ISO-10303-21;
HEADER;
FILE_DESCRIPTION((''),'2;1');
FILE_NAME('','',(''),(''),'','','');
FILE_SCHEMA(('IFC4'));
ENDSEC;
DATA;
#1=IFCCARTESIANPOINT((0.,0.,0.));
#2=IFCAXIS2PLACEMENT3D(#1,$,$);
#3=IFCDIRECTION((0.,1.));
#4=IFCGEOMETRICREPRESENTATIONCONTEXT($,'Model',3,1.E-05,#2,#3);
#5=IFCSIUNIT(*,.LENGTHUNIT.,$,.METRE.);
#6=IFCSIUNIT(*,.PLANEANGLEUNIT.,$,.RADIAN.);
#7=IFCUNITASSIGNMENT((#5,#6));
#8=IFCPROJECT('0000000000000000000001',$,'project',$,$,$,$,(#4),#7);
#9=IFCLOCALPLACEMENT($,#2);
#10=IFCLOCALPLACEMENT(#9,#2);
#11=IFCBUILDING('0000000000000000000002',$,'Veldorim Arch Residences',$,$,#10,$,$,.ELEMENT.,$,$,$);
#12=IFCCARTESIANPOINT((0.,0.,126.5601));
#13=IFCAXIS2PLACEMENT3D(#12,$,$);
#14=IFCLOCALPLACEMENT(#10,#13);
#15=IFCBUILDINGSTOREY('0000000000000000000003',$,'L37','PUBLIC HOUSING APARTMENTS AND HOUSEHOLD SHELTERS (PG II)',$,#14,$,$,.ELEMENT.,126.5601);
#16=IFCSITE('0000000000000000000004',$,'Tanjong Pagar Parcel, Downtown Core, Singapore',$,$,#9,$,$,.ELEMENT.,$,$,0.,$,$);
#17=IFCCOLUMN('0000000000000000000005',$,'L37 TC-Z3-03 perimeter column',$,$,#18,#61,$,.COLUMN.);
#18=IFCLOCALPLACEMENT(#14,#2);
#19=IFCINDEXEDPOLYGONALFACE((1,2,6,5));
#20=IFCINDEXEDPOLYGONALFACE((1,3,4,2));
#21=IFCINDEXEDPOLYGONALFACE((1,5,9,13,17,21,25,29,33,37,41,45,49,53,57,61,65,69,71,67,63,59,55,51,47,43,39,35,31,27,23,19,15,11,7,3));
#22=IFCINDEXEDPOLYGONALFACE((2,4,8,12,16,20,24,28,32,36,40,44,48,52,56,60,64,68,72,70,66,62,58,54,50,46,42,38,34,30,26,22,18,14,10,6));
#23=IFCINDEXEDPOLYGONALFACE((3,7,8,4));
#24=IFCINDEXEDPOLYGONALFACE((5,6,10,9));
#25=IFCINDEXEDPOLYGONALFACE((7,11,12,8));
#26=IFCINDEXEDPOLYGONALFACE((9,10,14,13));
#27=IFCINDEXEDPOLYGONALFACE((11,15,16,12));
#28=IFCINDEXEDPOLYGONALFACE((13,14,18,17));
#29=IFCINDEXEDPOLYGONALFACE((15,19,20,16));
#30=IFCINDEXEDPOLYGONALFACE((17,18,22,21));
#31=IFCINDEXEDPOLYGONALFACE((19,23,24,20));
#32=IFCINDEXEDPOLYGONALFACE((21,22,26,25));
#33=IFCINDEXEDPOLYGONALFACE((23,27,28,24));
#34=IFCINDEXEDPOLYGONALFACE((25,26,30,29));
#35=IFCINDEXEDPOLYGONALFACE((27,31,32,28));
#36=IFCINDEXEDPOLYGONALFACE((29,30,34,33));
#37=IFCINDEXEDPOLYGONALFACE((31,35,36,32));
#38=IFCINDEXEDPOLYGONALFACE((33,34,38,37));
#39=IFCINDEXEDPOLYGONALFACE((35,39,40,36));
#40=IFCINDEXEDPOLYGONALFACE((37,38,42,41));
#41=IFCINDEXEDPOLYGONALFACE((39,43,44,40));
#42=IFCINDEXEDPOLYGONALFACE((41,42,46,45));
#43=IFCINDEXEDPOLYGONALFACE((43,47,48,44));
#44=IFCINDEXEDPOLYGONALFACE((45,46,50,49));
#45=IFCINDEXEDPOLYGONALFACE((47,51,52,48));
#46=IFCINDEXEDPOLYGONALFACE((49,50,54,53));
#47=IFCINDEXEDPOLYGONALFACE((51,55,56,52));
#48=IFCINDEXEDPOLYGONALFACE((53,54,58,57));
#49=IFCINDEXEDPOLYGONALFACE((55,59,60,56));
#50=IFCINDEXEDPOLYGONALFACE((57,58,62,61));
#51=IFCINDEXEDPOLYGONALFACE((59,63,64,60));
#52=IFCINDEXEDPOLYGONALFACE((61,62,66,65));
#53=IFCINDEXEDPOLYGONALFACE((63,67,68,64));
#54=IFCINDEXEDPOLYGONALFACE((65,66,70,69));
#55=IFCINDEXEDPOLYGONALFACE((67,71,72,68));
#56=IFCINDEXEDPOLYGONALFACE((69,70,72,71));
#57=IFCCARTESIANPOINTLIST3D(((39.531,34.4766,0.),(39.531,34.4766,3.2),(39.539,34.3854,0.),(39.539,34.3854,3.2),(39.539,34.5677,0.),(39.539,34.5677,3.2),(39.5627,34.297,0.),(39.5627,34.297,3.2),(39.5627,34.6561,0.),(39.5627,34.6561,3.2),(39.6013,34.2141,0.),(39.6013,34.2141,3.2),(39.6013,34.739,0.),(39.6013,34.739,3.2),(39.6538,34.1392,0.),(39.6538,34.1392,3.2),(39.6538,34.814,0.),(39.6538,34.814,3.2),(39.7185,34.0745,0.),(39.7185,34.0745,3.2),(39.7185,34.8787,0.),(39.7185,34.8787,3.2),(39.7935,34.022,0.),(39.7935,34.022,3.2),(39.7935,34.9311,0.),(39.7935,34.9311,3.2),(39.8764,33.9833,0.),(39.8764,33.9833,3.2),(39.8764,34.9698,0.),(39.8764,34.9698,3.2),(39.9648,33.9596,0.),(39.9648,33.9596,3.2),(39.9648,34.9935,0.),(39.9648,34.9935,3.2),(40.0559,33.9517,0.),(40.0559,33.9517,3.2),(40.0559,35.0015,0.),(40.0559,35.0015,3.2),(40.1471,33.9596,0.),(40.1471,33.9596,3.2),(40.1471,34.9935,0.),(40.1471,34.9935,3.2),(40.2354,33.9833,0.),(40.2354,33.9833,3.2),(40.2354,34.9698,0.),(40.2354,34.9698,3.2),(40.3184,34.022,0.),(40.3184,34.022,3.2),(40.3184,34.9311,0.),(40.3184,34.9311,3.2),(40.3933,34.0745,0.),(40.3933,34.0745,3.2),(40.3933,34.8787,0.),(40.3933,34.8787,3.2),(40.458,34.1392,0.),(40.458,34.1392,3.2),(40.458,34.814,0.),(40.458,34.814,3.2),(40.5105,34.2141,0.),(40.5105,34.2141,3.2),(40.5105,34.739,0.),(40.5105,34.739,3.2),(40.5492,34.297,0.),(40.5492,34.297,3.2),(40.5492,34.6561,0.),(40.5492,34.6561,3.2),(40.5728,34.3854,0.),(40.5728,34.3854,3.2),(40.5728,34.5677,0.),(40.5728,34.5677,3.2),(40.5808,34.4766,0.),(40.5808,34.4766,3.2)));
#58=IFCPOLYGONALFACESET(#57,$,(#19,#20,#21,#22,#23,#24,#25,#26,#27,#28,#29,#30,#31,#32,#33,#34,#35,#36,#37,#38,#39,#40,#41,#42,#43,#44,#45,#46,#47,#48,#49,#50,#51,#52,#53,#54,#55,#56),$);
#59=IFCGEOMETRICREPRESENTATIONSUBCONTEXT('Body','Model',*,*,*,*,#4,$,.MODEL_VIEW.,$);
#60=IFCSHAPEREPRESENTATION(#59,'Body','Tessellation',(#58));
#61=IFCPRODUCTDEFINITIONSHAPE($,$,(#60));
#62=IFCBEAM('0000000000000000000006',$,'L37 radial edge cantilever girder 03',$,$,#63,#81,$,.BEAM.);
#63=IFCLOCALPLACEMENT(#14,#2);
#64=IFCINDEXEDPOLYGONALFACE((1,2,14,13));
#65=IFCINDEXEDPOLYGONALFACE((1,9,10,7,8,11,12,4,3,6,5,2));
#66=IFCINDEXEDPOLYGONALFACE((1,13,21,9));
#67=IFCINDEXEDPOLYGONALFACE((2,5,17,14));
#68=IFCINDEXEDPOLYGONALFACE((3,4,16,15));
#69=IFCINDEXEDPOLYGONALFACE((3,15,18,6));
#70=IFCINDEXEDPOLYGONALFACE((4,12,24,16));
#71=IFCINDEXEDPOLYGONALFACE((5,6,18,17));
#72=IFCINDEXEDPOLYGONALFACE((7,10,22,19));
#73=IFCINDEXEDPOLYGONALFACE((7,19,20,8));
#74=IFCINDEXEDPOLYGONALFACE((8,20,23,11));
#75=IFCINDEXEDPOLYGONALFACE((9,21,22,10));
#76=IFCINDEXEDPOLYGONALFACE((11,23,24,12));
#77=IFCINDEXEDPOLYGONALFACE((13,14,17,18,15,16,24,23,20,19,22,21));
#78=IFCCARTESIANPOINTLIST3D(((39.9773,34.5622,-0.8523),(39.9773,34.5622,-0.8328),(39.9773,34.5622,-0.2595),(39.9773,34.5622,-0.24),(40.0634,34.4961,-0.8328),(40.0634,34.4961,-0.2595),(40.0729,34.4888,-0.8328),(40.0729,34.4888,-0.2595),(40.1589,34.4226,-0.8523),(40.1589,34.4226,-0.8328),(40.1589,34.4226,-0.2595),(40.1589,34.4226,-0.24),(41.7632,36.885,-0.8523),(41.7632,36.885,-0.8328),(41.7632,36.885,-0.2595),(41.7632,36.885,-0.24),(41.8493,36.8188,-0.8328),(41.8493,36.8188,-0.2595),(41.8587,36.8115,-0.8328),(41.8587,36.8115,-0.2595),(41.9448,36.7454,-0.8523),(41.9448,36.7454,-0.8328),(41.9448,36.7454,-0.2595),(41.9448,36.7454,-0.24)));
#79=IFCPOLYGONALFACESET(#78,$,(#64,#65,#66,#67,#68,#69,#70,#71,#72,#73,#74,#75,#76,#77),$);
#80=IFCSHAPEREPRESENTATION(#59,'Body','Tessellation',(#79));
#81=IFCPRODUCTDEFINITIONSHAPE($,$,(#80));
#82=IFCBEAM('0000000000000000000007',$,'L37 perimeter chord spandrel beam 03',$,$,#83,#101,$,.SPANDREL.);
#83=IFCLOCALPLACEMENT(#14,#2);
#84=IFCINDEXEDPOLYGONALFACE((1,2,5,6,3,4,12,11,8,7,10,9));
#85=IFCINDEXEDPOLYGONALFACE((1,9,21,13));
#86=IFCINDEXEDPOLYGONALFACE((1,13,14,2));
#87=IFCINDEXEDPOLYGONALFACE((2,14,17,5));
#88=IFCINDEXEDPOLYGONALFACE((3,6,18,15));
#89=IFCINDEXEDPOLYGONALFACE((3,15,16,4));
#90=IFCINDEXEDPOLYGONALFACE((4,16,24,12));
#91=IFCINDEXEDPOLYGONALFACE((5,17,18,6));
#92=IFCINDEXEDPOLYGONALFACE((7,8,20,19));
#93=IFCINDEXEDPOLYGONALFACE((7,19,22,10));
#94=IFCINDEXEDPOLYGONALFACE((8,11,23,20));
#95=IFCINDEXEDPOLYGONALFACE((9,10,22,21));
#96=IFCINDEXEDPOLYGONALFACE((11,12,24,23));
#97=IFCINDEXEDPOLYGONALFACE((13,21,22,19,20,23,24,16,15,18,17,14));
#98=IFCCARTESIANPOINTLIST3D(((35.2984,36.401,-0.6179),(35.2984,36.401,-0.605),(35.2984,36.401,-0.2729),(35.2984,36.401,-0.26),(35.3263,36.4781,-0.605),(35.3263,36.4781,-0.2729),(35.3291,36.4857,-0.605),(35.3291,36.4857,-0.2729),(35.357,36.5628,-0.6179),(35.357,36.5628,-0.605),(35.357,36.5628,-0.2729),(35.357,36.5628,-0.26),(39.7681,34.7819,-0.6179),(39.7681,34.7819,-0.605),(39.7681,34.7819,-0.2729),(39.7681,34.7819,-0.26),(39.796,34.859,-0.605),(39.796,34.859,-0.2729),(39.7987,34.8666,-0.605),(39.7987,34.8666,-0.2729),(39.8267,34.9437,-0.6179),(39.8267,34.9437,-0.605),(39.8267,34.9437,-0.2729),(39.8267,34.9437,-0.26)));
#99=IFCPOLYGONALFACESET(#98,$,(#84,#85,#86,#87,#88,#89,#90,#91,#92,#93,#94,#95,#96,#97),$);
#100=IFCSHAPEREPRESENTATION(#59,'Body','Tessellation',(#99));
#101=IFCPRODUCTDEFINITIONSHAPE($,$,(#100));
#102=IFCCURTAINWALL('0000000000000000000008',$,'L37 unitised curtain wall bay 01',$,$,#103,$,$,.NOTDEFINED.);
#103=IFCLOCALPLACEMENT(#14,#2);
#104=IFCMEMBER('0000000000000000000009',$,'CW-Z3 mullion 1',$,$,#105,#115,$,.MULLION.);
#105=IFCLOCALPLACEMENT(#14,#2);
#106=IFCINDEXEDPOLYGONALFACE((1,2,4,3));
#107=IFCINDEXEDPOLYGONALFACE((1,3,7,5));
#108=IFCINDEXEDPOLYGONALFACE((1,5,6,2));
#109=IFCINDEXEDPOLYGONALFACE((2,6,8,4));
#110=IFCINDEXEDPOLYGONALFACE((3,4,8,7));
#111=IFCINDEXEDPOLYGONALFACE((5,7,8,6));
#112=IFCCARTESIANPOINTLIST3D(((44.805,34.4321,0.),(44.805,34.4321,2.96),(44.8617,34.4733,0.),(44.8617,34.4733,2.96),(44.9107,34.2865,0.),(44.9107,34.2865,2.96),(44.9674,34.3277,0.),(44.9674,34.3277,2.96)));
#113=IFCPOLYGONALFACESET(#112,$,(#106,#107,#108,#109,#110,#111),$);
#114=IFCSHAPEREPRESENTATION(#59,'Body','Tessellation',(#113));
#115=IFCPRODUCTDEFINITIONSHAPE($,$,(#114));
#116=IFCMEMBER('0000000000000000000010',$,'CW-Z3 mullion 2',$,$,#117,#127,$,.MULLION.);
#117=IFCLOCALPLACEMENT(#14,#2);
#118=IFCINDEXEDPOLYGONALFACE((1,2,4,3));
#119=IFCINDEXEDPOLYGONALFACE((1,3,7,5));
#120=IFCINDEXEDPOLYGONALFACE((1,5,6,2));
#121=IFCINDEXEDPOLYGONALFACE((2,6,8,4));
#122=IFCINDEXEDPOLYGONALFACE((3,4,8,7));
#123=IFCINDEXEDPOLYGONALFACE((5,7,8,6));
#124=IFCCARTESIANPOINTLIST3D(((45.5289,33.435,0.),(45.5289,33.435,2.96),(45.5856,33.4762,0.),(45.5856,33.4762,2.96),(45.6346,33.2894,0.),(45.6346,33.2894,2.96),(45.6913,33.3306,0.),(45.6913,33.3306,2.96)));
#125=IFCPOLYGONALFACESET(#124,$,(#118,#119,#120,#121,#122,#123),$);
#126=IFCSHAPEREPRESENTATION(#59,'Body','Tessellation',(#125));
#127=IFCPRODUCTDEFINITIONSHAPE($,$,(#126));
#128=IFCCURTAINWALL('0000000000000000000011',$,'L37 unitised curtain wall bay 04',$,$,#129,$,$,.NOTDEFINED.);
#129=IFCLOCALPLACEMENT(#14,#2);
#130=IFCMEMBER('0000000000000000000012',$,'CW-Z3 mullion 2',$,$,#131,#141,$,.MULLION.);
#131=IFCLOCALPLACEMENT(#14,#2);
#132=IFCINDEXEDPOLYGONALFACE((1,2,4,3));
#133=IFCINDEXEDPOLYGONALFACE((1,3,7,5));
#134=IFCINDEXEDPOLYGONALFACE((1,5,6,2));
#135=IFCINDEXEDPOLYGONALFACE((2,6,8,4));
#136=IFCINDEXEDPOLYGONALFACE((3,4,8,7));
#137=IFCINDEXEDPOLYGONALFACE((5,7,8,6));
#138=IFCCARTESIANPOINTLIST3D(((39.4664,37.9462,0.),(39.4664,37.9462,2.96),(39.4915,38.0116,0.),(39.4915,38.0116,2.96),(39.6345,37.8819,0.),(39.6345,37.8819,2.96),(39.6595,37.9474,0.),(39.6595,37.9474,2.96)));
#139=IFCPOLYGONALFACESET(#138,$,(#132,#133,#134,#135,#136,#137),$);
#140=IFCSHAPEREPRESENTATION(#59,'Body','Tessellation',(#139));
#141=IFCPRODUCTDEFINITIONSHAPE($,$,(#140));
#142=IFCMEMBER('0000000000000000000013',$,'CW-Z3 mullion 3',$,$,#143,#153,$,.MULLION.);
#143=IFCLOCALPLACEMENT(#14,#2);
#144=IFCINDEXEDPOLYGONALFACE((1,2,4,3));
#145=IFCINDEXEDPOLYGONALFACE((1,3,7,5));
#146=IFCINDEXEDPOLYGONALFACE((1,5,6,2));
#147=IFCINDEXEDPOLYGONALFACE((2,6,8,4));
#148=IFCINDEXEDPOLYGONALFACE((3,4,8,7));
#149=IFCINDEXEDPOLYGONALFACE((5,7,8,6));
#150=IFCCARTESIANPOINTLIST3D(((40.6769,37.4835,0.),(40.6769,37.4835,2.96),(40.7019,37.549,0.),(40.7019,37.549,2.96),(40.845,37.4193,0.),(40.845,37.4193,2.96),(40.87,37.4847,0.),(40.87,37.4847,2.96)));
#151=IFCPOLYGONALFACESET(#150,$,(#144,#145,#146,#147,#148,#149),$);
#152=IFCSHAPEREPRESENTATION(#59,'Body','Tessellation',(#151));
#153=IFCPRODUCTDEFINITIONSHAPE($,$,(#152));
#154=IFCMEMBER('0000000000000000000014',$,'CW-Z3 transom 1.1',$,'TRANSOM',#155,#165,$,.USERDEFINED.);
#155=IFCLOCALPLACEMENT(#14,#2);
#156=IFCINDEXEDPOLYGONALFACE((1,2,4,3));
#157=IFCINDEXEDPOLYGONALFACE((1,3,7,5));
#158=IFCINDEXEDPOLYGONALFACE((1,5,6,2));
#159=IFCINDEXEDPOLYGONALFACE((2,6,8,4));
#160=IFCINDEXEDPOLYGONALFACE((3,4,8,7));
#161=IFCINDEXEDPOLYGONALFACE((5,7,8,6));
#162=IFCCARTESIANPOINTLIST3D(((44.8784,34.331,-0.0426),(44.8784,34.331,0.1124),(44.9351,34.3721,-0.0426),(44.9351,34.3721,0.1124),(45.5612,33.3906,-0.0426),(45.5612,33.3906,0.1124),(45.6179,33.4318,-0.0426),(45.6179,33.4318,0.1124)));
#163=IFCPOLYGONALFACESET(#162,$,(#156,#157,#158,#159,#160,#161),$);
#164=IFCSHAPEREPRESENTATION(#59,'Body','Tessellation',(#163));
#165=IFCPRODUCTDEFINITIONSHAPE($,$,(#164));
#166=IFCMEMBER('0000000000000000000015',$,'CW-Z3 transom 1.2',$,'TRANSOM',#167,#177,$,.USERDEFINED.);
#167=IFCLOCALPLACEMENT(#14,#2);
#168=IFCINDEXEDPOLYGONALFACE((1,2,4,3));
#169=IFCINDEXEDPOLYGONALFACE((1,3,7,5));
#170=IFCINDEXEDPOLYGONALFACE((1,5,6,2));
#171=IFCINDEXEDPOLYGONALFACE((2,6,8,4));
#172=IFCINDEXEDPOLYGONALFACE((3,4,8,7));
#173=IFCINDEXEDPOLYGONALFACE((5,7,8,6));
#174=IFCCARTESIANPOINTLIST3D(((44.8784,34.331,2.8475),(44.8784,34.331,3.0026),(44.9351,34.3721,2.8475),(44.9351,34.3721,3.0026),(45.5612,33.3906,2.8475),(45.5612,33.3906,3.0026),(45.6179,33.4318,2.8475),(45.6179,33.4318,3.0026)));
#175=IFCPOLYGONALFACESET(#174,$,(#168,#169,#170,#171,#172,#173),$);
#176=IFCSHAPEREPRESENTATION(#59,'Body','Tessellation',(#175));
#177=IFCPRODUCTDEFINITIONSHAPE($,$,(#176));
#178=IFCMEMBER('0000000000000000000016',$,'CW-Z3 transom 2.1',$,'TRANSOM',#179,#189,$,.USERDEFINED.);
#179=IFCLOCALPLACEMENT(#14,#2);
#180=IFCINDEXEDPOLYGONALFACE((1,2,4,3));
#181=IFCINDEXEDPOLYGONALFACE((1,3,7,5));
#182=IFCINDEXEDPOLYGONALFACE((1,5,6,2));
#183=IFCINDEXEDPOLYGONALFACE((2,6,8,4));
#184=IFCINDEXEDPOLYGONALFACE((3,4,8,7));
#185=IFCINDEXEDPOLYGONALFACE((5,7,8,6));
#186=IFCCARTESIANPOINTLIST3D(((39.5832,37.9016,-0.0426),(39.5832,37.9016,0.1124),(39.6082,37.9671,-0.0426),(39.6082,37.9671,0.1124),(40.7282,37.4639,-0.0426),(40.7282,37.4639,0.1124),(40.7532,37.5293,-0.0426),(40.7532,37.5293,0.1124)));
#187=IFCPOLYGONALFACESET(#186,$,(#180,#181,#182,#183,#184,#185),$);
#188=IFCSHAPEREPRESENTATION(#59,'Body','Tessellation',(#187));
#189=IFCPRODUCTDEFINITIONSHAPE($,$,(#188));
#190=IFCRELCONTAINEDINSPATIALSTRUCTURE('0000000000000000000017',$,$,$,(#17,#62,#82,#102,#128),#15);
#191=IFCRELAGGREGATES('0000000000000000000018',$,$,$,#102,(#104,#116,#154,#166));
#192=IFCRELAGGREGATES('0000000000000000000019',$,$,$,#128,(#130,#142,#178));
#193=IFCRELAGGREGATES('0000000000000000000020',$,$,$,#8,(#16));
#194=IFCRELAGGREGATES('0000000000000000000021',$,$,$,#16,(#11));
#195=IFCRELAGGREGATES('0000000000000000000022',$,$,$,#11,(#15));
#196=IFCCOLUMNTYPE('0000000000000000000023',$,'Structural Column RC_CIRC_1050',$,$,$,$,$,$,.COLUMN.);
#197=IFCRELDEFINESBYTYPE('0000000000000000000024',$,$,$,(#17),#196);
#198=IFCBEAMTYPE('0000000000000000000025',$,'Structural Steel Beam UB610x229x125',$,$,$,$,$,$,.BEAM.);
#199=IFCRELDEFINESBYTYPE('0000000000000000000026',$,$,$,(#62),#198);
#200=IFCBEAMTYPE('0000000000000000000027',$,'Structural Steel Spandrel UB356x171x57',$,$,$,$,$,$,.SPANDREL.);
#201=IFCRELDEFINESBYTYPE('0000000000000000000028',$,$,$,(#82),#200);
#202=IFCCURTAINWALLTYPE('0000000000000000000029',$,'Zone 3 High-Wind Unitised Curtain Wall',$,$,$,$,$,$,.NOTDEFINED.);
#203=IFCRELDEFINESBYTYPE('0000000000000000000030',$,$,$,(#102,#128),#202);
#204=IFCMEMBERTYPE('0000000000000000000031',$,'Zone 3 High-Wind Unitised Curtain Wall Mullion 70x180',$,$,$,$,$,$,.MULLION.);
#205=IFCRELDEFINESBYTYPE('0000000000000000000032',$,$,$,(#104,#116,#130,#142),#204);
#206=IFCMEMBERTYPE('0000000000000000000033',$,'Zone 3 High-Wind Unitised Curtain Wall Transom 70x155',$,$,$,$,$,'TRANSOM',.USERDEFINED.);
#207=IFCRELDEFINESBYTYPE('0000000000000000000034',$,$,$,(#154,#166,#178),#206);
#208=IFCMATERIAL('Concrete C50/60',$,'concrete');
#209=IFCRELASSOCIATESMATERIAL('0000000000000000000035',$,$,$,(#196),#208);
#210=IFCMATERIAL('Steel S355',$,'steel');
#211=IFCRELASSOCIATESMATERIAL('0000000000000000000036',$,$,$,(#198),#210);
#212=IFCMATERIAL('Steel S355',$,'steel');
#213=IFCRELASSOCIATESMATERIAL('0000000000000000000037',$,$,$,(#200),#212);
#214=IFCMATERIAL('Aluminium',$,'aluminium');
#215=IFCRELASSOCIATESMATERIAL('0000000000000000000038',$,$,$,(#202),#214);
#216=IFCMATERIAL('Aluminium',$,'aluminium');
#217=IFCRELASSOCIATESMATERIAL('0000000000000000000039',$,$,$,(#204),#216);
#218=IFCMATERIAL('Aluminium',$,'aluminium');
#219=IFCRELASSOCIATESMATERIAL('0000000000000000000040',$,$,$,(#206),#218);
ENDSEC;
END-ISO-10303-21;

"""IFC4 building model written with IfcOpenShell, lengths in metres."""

from ifc_helpers import new_model, si_unit, direction, frame, origin, origin_2d, place, context, subcontext, project, spatial, rectangle, circle, i_section, extrude, material, material_profile, profile_set, type_object, element, aggregate, save


model = new_model("IFC4")

# Units and contexts
model_context = context("Model", 3, precision=1e-05, world=origin(), true_north=direction((0.0, 1.0)))
body_context = subcontext(model_context, "Body", "Model", "MODEL_VIEW")
ifc_project = project(units=[si_unit("LENGTHUNIT", "METRE"), si_unit("PLANEANGLEUNIT", "RADIAN")], contexts=[model_context])

# Site, building, storey
site_placement = place(None, origin())
site = spatial("IfcSite", under=ifc_project, at=site_placement, Name="Tanjong Pagar Parcel, Downtown Core, Singapore", CompositionType="ELEMENT", RefElevation=0.0)
building_placement = place(site_placement, origin())
building = spatial("IfcBuilding", under=site, at=building_placement, Name="Veldorim Arch Residences", CompositionType="ELEMENT")
storey_placement = place(building_placement, frame((0.0, 0.0, 126.5601)))
storey = spatial("IfcBuildingStorey", under=building, at=storey_placement, Name="L37", Description="PUBLIC HOUSING APARTMENTS AND HOUSEHOLD SHELTERS (PG II)", CompositionType="ELEMENT", Elevation=126.5601)

# Column
ifc_material_1 = material(Name="Concrete C50/60", Category="concrete")
ifc_material_profile_1 = material_profile(ifc_material_1, circle(Radius=0.5249, at=origin_2d()), Name="RC_CIRC_1050")
ifc_profile_set_1 = profile_set([ifc_material_profile_1], Name="Concrete C50/60")
column_type = type_object("IfcColumnType", Name="Structural Column RC_CIRC_1050", PredefinedType="COLUMN", material=ifc_profile_set_1)
column_placement = place(storey_placement, frame((40.0559, 34.4766, 0.0), z_axis=(0.0, 0.0, 1.0), x_axis=(1.0, 0.0, 0.0)))
element("IfcColumn", 1, at=column_placement, inside=storey, type_object=column_type, Name="L37 TC-Z3-03 perimeter column", PredefinedType="COLUMN", context=body_context, shape_type="SweptSolid", body=[
    extrude(circle(Radius=0.5249, at=origin_2d()), origin(), (0.0, 0.0, 1.0), 3.2),
])

# Beams
ifc_material_2 = material(Name="Steel S355", Category="steel")
ifc_material_profile_2 = material_profile(ifc_material_2, i_section(OverallWidth=0.229, OverallDepth=0.6123, WebThickness=0.012, FlangeThickness=0.0195, at=origin_2d()), Name="UB610x229x125")
ifc_profile_set_2 = profile_set([ifc_material_profile_2], Name="Steel S355")
beam_type_1 = type_object("IfcBeamType", Name="Structural Steel Beam UB610x229x125", PredefinedType="BEAM", material=ifc_profile_set_2)
beam_1_placement = place(storey_placement, frame((40.0681, 34.4924, -0.5461), z_axis=(0.60953, 0.792763, 0.0), x_axis=(-0.792763, 0.60953, 0.0)))
element("IfcBeam", 2, at=beam_1_placement, inside=storey, type_object=beam_type_1, Name="L37 radial edge cantilever girder 03", PredefinedType="BEAM", context=body_context, shape_type="SweptSolid", body=[
    extrude(i_section(OverallWidth=0.229, OverallDepth=0.6123, WebThickness=0.012, FlangeThickness=0.0195, at=origin_2d()), origin(), (0.0, 0.0, 1.0), 2.9299),
])
ifc_material_3 = material(Name="Steel S355", Category="steel")
ifc_material_profile_3 = material_profile(ifc_material_3, i_section(OverallWidth=0.1721, OverallDepth=0.3579, WebThickness=0.0081, FlangeThickness=0.0129, at=origin_2d()), Name="UB356x171x57")
ifc_profile_set_3 = profile_set([ifc_material_profile_3], Name="Steel S355")
beam_type_2 = type_object("IfcBeamType", Name="Structural Steel Spandrel UB356x171x57", PredefinedType="SPANDREL", material=ifc_profile_set_3)
beam_2_placement = place(storey_placement, frame((39.7974, 34.8628, -0.439), z_axis=(-0.940213, 0.340588, 0.0), x_axis=(-0.340588, -0.940213, 0.0)))
element("IfcBeam", 3, at=beam_2_placement, inside=storey, type_object=beam_type_2, Name="L37 perimeter chord spandrel beam 03", PredefinedType="SPANDREL", context=body_context, shape_type="SweptSolid", body=[
    extrude(i_section(OverallWidth=0.1721, OverallDepth=0.3579, WebThickness=0.0081, FlangeThickness=0.0129, at=origin_2d()), origin(), (0.0, 0.0, 1.0), 4.7539),
])

# Curtain walls, members
ifc_material_4 = material(Name="Aluminium", Category="aluminium")
curtain_wall_type = type_object("IfcCurtainWallType", Name="Zone 3 High-Wind Unitised Curtain Wall", PredefinedType="NOTDEFINED", material=ifc_material_4)
curtain_wall_1_placement = place(storey_placement, origin())
curtain_wall_1 = element("IfcCurtainWall", 4, at=curtain_wall_1_placement, inside=storey, type_object=curtain_wall_type, Name="L37 unitised curtain wall bay 01", PredefinedType="NOTDEFINED")
ifc_material_5 = material(Name="Aluminium", Category="aluminium")
ifc_material_profile_4 = material_profile(ifc_material_5, rectangle(XDim=0.0701, YDim=0.1799, at=origin_2d()), Name="ALU_MUL_70x180")
ifc_profile_set_4 = profile_set([ifc_material_profile_4], Name="Aluminium")
member_type_1 = type_object("IfcMemberType", Name="Zone 3 High-Wind Unitised Curtain Wall Mullion 70x180", PredefinedType="MULLION", material=ifc_profile_set_4)
member_1_placement = place(storey_placement, frame((44.8862, 34.3799, 0.0), z_axis=(0.0, 0.0, 1.0), x_axis=(0.809162, 0.587585, 0.0)))
member_1 = element("IfcMember", 5, at=member_1_placement, type_object=member_type_1, Name="CW-Z3 mullion 1", PredefinedType="MULLION", context=body_context, shape_type="SweptSolid", body=[
    extrude(rectangle(XDim=0.0701, YDim=0.1799, at=origin_2d()), origin(), (0.0, 0.0, 1.0), 2.96),
])
member_2_placement = place(storey_placement, frame((45.6101, 33.3828, 0.0), z_axis=(0.0, 0.0, 1.0), x_axis=(0.809162, 0.587585, 0.0)))
member_2 = element("IfcMember", 6, at=member_2_placement, type_object=member_type_1, Name="CW-Z3 mullion 2", PredefinedType="MULLION", context=body_context, shape_type="SweptSolid", body=[
    extrude(rectangle(XDim=0.0701, YDim=0.1799, at=origin_2d()), origin(), (0.0, 0.0, 1.0), 2.96),
])
curtain_wall_2_placement = place(storey_placement, origin())
curtain_wall_2 = element("IfcCurtainWall", 7, at=curtain_wall_2_placement, inside=storey, type_object=curtain_wall_type, Name="L37 unitised curtain wall bay 04", PredefinedType="NOTDEFINED")
member_3_placement = place(storey_placement, frame((39.563, 37.9468, 0.0), z_axis=(0.0, 0.0, 1.0), x_axis=(0.356987, 0.934109, 0.0)))
member_3 = element("IfcMember", 8, at=member_3_placement, type_object=member_type_1, Name="CW-Z3 mullion 2", PredefinedType="MULLION", context=body_context, shape_type="SweptSolid", body=[
    extrude(rectangle(XDim=0.0701, YDim=0.1799, at=origin_2d()), origin(), (0.0, 0.0, 1.0), 2.96),
])
member_4_placement = place(storey_placement, frame((40.7734, 37.4841, 0.0), z_axis=(0.0, 0.0, 1.0), x_axis=(0.356987, 0.934109, 0.0)))
member_4 = element("IfcMember", 9, at=member_4_placement, type_object=member_type_1, Name="CW-Z3 mullion 3", PredefinedType="MULLION", context=body_context, shape_type="SweptSolid", body=[
    extrude(rectangle(XDim=0.0701, YDim=0.1799, at=origin_2d()), origin(), (0.0, 0.0, 1.0), 2.96),
])

# Members
ifc_material_6 = material(Name="Aluminium", Category="aluminium")
ifc_material_profile_5 = material_profile(ifc_material_6, rectangle(XDim=0.0701, YDim=0.155, at=origin_2d()), Name="ALU_TRN_70x155")
ifc_profile_set_5 = profile_set([ifc_material_profile_5], Name="Aluminium")
member_type_2 = type_object("IfcMemberType", Name="Zone 3 High-Wind Unitised Curtain Wall Transom 70x155", ElementType="TRANSOM", PredefinedType="USERDEFINED", material=ifc_profile_set_5)
member_5_placement = place(storey_placement, frame((44.9067, 34.3516, 0.0349), z_axis=(0.587559, -0.809181, 0.0), x_axis=(0.809181, 0.587559, 0.0)))
member_5 = element("IfcMember", 10, at=member_5_placement, type_object=member_type_2, Name="CW-Z3 transom 1.1", ObjectType="TRANSOM", PredefinedType="USERDEFINED", context=body_context, shape_type="SweptSolid", body=[
    extrude(rectangle(XDim=0.0701, YDim=0.155, at=origin_2d()), origin(), (0.0, 0.0, 1.0), 1.1621),
])
member_6_placement = place(storey_placement, frame((44.9067, 34.3516, 2.925), z_axis=(0.587559, -0.809181, 0.0), x_axis=(0.809181, 0.587559, 0.0)))
member_6 = element("IfcMember", 11, at=member_6_placement, type_object=member_type_2, Name="CW-Z3 transom 1.2", ObjectType="TRANSOM", PredefinedType="USERDEFINED", context=body_context, shape_type="SweptSolid", body=[
    extrude(rectangle(XDim=0.0701, YDim=0.155, at=origin_2d()), origin(), (0.0, 0.0, 1.0), 1.1621),
])
member_7_placement = place(storey_placement, frame((39.5957, 37.9343, 0.0349), z_axis=(0.934067, -0.357097, 0.0), x_axis=(0.357097, 0.934067, 0.0)))
member_7 = element("IfcMember", 12, at=member_7_placement, type_object=member_type_2, Name="CW-Z3 transom 2.1", ObjectType="TRANSOM", PredefinedType="USERDEFINED", context=body_context, shape_type="SweptSolid", body=[
    extrude(rectangle(XDim=0.0701, YDim=0.155, at=origin_2d()), origin(), (0.0, 0.0, 1.0), 1.2258),
])

aggregate(curtain_wall_1, [member_1, member_2, member_5, member_6])
aggregate(curtain_wall_2, [member_3, member_4, member_7])

save(model, "model.ifc")
